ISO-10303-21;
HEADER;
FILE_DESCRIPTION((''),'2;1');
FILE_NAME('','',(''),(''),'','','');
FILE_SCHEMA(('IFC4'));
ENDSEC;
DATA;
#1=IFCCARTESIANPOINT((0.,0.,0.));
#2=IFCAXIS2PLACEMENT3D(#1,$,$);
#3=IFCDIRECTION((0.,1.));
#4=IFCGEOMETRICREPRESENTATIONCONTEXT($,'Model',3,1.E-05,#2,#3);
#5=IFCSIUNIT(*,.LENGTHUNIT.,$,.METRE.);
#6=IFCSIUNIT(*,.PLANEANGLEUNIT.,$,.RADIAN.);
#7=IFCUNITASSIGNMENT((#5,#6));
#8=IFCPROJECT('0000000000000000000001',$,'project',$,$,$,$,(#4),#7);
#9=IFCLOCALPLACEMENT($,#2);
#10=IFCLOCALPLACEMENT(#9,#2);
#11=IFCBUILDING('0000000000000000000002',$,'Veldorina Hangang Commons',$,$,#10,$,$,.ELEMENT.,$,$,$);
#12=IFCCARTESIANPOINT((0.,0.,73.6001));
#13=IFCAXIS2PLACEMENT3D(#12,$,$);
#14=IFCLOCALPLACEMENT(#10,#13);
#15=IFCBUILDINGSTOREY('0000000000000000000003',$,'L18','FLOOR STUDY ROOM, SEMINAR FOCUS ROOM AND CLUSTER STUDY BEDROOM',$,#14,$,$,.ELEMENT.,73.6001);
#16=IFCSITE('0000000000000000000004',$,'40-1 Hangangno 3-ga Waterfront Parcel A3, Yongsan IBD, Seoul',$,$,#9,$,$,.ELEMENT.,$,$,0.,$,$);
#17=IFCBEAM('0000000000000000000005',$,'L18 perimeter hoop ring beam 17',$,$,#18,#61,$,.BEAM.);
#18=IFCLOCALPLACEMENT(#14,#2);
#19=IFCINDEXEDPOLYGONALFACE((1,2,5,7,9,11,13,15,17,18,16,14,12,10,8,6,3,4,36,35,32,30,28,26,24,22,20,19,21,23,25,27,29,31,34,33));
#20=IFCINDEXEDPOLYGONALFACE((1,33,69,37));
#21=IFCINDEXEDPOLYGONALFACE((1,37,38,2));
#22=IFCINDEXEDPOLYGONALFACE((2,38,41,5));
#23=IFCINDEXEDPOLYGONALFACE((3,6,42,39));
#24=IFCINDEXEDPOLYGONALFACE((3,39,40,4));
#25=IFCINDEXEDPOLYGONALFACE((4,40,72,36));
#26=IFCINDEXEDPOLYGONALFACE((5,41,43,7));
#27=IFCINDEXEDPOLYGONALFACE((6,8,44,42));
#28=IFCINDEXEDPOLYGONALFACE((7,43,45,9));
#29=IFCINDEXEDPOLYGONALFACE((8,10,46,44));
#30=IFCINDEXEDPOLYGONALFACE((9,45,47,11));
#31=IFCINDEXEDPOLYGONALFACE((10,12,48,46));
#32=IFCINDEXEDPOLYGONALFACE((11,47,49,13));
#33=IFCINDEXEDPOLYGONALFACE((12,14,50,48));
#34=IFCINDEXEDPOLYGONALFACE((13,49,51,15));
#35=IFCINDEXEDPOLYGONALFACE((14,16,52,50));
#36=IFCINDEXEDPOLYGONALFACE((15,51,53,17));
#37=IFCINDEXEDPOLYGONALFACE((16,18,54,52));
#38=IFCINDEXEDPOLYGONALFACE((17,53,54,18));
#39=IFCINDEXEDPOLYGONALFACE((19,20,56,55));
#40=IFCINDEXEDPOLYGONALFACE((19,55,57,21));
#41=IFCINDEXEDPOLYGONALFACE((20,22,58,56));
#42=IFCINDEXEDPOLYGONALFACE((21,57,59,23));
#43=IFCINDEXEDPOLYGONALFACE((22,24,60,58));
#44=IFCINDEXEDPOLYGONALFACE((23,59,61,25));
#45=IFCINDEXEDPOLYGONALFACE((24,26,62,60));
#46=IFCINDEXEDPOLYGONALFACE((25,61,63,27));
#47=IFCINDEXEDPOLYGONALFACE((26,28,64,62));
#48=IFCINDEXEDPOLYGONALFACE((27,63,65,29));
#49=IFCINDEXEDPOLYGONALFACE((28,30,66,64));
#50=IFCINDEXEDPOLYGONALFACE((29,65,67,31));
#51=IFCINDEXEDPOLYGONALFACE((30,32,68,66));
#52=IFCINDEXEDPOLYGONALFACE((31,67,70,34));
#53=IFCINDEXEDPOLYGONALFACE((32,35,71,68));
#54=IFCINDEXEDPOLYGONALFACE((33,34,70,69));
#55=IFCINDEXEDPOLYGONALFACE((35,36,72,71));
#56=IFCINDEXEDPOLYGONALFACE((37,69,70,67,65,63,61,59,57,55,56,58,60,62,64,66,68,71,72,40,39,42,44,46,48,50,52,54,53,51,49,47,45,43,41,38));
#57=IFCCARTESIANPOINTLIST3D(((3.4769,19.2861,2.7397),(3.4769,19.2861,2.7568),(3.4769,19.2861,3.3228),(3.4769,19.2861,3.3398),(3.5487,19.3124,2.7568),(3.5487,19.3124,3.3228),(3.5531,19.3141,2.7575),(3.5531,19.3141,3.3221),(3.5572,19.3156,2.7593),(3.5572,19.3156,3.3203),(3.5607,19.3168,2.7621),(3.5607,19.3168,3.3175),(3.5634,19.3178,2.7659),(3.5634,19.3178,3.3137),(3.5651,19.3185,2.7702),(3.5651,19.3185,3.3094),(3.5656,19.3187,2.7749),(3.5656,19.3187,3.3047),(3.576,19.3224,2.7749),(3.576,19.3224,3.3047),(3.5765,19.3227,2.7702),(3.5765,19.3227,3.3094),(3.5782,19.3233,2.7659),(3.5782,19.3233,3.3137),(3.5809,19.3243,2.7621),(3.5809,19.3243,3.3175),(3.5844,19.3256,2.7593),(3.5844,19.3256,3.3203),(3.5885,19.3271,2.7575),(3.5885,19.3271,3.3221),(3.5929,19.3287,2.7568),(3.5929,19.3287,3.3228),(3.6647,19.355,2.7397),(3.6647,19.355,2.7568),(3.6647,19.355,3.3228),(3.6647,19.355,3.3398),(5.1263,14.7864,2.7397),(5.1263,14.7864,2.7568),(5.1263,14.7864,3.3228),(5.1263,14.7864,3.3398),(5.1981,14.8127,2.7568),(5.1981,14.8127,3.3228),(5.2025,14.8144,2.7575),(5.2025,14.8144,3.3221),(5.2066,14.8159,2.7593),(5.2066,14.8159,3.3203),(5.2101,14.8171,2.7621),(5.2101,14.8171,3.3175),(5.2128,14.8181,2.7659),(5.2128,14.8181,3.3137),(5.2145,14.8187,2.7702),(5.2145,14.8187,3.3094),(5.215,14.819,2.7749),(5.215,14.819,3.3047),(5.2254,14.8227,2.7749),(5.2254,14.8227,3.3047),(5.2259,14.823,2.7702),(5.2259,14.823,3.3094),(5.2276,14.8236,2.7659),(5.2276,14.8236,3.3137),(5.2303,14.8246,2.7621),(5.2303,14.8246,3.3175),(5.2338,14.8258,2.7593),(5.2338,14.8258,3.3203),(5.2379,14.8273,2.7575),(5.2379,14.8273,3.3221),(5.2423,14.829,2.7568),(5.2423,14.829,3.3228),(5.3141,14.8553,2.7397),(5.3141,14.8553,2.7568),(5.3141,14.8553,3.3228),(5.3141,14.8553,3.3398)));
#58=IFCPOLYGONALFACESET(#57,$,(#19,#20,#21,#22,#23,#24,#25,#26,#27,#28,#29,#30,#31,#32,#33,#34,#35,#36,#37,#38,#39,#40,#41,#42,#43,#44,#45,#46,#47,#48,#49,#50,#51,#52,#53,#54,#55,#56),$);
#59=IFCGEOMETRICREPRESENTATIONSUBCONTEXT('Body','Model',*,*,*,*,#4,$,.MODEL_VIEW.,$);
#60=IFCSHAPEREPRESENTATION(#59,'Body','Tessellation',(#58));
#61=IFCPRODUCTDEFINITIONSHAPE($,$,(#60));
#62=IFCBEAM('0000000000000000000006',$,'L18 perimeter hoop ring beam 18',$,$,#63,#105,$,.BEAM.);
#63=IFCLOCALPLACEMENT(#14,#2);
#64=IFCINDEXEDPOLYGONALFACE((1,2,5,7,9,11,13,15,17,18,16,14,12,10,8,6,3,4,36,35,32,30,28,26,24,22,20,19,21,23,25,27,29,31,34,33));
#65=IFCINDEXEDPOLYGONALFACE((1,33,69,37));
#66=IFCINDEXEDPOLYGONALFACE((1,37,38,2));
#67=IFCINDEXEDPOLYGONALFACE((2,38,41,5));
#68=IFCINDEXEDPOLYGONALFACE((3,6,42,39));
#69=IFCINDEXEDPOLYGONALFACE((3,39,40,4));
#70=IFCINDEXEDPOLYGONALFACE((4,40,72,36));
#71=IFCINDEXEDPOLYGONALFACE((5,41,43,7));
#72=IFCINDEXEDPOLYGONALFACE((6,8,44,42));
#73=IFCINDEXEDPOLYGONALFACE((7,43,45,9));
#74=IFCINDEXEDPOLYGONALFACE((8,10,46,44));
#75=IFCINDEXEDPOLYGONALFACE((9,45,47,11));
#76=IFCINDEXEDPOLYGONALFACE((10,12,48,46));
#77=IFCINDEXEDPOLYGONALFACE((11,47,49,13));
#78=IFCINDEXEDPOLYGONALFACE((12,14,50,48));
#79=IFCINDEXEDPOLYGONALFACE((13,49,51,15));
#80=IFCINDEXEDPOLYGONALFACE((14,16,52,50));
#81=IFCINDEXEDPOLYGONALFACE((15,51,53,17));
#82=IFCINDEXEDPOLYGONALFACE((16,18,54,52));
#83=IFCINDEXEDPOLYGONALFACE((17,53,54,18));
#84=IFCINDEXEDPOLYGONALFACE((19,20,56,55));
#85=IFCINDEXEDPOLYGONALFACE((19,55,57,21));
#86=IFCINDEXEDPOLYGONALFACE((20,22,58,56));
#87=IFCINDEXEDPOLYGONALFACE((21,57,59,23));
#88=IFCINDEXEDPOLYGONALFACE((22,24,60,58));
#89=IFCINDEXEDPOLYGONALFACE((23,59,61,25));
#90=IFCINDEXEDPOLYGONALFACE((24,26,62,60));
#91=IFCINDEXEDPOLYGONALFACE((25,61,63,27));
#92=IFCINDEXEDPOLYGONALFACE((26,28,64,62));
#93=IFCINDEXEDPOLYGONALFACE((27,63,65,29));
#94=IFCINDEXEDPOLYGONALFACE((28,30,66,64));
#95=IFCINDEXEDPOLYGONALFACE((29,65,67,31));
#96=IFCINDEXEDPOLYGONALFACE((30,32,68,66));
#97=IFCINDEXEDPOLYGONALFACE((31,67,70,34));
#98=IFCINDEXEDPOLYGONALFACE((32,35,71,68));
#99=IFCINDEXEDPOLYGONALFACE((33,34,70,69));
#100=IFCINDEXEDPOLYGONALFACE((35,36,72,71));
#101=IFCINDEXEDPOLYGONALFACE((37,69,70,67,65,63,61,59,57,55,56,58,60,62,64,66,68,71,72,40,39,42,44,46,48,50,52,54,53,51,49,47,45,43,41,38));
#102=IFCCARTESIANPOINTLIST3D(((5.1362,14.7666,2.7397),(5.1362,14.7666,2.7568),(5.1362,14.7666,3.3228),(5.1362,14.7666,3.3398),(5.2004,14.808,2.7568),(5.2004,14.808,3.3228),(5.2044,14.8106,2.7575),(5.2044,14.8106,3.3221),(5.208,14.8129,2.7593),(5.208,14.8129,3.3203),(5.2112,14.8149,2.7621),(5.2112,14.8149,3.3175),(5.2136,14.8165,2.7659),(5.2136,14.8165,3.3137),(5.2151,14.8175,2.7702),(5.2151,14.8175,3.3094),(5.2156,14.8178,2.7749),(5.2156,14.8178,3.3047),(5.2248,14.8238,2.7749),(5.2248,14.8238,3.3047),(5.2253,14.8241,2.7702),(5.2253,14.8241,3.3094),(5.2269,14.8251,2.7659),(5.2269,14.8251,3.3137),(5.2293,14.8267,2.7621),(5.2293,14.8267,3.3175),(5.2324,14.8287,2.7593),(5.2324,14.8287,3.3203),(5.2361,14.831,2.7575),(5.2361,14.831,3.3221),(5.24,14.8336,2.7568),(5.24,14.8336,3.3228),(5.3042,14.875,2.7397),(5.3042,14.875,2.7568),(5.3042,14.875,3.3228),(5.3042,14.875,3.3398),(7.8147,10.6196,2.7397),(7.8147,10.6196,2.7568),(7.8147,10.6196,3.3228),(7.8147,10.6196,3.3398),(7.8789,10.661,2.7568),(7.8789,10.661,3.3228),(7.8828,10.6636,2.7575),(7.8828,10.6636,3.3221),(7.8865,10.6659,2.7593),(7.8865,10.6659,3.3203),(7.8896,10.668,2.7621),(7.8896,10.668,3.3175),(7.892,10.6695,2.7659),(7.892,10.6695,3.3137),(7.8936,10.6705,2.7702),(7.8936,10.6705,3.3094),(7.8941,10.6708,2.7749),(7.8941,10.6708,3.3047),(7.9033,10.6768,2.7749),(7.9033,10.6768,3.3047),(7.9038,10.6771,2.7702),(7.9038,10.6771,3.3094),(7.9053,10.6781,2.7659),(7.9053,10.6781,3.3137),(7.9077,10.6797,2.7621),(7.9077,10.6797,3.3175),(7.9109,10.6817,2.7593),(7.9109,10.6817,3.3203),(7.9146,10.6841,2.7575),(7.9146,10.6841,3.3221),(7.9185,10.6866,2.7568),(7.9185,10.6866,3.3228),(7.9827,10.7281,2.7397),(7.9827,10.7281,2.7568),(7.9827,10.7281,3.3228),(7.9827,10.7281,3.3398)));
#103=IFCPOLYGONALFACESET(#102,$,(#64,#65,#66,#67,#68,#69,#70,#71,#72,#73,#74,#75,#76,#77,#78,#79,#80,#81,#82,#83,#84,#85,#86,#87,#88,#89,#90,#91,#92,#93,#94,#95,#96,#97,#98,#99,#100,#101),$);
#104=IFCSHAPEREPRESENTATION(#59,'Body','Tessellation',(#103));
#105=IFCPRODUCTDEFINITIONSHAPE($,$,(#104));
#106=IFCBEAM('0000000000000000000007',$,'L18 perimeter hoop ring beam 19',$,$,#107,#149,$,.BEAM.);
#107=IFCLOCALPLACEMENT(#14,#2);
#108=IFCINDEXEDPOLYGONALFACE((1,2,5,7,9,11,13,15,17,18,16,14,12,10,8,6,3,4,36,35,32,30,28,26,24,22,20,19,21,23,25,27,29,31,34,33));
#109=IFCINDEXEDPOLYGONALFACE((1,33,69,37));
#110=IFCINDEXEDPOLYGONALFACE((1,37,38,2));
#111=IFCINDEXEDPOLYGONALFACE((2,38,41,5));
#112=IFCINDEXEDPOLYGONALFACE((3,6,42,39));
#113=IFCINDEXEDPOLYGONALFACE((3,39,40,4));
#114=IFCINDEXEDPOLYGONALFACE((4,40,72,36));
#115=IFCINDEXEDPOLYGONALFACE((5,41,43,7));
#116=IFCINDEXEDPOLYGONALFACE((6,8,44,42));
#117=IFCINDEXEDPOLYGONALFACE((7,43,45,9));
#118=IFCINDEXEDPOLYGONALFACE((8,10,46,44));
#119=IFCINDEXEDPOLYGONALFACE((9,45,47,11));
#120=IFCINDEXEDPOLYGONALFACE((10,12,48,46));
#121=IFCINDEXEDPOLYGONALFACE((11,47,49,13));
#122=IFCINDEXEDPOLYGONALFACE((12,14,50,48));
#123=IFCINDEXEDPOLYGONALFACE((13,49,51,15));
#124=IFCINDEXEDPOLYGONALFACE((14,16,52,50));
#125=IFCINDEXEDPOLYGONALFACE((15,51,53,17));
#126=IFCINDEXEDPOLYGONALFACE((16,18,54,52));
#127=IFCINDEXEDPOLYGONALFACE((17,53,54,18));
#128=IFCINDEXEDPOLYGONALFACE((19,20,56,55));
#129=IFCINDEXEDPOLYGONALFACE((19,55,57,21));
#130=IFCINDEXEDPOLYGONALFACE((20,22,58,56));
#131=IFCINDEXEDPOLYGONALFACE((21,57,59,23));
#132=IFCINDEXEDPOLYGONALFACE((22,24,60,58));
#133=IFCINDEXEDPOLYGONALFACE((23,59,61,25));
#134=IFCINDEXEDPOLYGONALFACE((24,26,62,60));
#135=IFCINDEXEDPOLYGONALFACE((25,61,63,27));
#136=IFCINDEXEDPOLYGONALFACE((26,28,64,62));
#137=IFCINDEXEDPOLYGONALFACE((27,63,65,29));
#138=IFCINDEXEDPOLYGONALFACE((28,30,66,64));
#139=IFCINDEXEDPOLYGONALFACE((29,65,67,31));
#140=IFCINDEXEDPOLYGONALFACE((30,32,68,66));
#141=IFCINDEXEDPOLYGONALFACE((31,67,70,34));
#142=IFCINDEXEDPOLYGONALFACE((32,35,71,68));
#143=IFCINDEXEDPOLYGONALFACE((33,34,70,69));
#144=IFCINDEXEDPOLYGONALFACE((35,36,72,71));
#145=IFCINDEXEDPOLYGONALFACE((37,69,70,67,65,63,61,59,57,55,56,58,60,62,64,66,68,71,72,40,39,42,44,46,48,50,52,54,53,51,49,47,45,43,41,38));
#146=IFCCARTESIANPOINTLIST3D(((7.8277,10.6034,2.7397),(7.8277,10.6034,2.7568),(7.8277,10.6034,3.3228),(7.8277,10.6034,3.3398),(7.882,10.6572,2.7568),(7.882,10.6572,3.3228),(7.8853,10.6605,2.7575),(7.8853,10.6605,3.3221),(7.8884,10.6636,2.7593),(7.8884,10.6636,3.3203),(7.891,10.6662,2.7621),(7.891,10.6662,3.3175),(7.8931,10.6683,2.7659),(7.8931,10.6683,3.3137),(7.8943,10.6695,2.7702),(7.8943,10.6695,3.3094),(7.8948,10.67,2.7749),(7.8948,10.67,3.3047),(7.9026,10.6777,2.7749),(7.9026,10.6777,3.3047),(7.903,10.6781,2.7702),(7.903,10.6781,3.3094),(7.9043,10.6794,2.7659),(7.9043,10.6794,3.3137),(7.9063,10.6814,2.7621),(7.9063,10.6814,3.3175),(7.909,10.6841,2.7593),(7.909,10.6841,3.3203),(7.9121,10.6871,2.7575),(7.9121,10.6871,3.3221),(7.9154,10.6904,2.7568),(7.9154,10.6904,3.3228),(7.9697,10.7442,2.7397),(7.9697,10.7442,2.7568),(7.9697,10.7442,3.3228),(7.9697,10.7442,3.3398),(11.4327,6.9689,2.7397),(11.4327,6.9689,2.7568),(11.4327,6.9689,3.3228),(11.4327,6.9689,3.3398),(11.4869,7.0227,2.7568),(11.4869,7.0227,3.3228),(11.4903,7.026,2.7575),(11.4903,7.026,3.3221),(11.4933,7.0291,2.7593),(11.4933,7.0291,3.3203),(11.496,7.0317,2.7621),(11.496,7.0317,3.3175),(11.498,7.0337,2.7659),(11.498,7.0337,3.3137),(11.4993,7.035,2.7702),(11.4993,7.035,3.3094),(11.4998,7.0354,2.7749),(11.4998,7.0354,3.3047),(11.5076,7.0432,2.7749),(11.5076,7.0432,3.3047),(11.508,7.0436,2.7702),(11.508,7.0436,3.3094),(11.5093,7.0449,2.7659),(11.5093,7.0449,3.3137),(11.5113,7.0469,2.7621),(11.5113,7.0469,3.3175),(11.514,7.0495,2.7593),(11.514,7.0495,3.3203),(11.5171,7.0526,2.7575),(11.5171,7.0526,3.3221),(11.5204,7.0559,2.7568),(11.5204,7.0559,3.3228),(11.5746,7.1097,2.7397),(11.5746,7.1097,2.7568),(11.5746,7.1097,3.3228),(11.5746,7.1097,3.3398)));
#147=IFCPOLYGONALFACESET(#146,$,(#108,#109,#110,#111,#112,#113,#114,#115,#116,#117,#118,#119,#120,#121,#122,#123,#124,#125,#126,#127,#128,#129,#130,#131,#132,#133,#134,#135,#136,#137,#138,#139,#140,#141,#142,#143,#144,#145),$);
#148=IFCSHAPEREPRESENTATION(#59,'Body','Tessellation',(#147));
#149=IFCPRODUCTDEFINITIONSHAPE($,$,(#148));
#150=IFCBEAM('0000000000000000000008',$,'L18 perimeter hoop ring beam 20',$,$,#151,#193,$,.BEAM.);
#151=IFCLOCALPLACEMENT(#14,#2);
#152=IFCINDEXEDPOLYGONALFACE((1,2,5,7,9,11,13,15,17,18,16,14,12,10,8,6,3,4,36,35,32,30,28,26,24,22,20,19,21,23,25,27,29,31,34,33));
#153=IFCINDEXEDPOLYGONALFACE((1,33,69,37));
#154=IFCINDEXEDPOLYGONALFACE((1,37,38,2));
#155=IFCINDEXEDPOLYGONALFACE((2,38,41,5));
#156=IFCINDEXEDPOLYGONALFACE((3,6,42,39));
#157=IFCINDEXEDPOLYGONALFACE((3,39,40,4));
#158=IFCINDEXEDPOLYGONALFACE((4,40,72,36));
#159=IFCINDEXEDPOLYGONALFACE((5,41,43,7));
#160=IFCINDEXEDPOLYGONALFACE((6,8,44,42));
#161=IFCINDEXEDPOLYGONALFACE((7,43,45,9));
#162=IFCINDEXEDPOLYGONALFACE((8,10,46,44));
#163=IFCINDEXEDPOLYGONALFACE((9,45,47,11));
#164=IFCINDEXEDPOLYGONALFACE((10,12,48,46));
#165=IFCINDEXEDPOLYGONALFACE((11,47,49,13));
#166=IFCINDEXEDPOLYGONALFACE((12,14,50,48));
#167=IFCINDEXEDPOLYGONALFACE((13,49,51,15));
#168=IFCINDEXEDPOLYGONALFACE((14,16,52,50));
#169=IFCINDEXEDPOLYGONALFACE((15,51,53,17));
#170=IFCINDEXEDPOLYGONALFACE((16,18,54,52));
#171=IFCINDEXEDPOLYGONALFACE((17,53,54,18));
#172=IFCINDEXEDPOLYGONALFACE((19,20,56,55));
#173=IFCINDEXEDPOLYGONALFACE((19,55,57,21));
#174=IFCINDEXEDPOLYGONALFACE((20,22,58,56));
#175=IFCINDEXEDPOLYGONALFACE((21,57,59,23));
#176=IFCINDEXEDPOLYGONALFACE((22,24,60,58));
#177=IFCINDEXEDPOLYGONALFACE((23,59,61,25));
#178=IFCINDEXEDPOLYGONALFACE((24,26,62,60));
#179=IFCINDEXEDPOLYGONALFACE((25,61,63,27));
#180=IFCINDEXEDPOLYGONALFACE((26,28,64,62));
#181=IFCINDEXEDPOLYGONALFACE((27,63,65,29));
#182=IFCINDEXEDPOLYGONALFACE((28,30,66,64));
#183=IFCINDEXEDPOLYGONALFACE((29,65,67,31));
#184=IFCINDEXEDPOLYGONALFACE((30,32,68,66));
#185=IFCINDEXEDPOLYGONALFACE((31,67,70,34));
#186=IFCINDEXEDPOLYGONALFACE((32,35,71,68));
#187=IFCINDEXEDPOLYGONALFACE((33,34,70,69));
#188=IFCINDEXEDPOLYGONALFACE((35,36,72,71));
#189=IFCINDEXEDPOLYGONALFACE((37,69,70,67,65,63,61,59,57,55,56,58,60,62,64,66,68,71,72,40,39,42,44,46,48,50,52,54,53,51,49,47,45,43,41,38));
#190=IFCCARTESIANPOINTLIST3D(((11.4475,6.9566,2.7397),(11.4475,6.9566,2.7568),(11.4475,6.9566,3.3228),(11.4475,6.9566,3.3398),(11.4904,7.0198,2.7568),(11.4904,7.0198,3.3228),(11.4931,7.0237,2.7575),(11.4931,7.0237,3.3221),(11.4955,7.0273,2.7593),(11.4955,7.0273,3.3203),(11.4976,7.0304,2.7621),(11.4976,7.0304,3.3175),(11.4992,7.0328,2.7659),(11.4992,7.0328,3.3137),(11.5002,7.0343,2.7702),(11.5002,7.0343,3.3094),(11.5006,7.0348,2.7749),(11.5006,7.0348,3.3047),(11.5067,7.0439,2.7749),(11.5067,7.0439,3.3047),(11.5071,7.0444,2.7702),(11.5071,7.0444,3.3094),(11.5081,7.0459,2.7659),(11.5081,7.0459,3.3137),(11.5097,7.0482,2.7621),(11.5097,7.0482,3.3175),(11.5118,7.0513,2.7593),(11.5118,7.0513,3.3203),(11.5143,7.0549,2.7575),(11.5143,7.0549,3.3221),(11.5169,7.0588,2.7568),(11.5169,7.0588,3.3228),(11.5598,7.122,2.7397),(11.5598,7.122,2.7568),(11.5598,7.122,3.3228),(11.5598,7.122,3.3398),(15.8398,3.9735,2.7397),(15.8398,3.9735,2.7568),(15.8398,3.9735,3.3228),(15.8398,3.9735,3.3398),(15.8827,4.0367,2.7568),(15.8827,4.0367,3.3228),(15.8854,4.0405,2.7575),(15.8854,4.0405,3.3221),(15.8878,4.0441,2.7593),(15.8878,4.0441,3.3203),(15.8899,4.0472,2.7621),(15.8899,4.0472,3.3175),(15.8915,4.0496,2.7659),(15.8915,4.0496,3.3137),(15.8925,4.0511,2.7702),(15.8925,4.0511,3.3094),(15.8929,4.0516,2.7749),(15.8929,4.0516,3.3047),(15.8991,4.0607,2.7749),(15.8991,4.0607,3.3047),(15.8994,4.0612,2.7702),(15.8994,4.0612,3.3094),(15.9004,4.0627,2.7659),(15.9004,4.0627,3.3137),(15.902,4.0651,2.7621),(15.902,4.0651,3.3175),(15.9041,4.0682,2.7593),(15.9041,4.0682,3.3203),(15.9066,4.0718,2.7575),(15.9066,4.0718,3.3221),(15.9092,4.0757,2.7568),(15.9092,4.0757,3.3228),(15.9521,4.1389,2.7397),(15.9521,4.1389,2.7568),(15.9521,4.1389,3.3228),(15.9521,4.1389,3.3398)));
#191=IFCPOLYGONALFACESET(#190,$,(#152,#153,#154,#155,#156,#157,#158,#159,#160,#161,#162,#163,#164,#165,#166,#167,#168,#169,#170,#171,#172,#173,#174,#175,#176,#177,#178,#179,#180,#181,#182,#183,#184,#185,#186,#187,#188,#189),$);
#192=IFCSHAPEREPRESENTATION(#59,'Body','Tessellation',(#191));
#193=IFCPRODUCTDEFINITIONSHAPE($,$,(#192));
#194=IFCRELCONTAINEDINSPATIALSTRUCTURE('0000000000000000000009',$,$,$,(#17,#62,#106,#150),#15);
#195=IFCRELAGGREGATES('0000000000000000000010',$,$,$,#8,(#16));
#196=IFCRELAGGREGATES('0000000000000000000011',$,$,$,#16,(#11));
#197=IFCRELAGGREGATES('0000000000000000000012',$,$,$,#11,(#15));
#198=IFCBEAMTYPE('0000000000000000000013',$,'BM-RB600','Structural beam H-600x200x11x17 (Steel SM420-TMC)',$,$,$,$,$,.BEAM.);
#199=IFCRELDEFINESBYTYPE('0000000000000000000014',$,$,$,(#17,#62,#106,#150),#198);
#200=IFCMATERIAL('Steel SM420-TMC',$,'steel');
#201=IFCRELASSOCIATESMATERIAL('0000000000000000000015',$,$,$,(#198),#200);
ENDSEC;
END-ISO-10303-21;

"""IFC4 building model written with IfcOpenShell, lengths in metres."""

from ifc_helpers import new_model, si_unit, direction, frame, origin, origin_2d, place, context, subcontext, project, spatial, i_section, extrude, material, material_profile, profile_set, type_object, element, save


model = new_model("IFC4")

# Units and contexts
model_context = context("Model", 3, precision=1e-05, world=origin(), true_north=direction((0.0, 1.0)))
body_context = subcontext(model_context, "Body", "Model", "MODEL_VIEW")
ifc_project = project(units=[si_unit("LENGTHUNIT", "METRE"), si_unit("PLANEANGLEUNIT", "RADIAN")], contexts=[model_context])

# Site, building, storey
site_placement = place(None, origin())
site = spatial("IfcSite", under=ifc_project, at=site_placement, Name="40-1 Hangangno 3-ga Waterfront Parcel A3, Yongsan IBD, Seoul", CompositionType="ELEMENT", RefElevation=0.0)
building_placement = place(site_placement, origin())
building = spatial("IfcBuilding", under=site, at=building_placement, Name="Veldorina Hangang Commons", CompositionType="ELEMENT")
storey_placement = place(building_placement, frame((0.0, 0.0, 73.6001)))
storey = spatial("IfcBuildingStorey", under=building, at=storey_placement, Name="L18", Description="FLOOR STUDY ROOM, SEMINAR FOCUS ROOM AND CLUSTER STUDY BEDROOM", CompositionType="ELEMENT", Elevation=73.6001)

# Beams
ifc_material_1 = material(Name="Steel SM420-TMC", Category="steel")
ifc_material_profile_1 = material_profile(ifc_material_1, i_section(OverallWidth=0.2, OverallDepth=0.6001, WebThickness=0.011, FlangeThickness=0.0171, FilletRadius=0.0181, at=origin_2d()), Name="H-600x200x11x17")
ifc_profile_set_1 = profile_set([ifc_material_profile_1], Name="Steel SM420-TMC")
beam_type = type_object("IfcBeamType", Name="BM-RB600", Description="Structural beam H-600x200x11x17 (Steel SM420-TMC)", PredefinedType="BEAM", material=ifc_profile_set_1)
beam_1_placement = place(storey_placement, frame((3.5708, 19.3206, 3.0398), z_axis=(0.344163, -0.93891, 0.0), x_axis=(0.93891, 0.344163, 0.0)))
element("IfcBeam", 1, at=beam_1_placement, inside=storey, type_object=beam_type, Name="L18 perimeter hoop ring beam 17", PredefinedType="BEAM", context=body_context, shape_type="SweptSolid", body=[
    extrude(i_section(OverallWidth=0.2, OverallDepth=0.6001, WebThickness=0.011, FlangeThickness=0.0171, FilletRadius=0.0181, at=origin_2d()), origin(), (0.0, 0.0, 1.0), 4.7925),
])
beam_2_placement = place(storey_placement, frame((5.2202, 14.8208, 3.0398), z_axis=(0.542556, -0.84002, 0.0), x_axis=(0.84002, 0.542556, 0.0)))
element("IfcBeam", 2, at=beam_2_placement, inside=storey, type_object=beam_type, Name="L18 perimeter hoop ring beam 18", PredefinedType="BEAM", context=body_context, shape_type="SweptSolid", body=[
    extrude(i_section(OverallWidth=0.2, OverallDepth=0.6001, WebThickness=0.011, FlangeThickness=0.0171, FilletRadius=0.0181, at=origin_2d()), origin(), (0.0, 0.0, 1.0), 4.9368),
])
beam_3_placement = place(storey_placement, frame((7.8987, 10.6738, 3.0398), z_axis=(0.704216, -0.709986, 0.0), x_axis=(0.709986, 0.704216, 0.0)))
element("IfcBeam", 3, at=beam_3_placement, inside=storey, type_object=beam_type, Name="L18 perimeter hoop ring beam 19", PredefinedType="BEAM", context=body_context, shape_type="SweptSolid", body=[
    extrude(i_section(OverallWidth=0.2, OverallDepth=0.6001, WebThickness=0.011, FlangeThickness=0.0171, FilletRadius=0.0181, at=origin_2d()), origin(), (0.0, 0.0, 1.0), 5.1191),
])
beam_4_placement = place(storey_placement, frame((11.5037, 7.0393, 3.0398), z_axis=(0.827245, -0.561842, 0.0), x_axis=(0.561842, 0.827245, 0.0)))
element("IfcBeam", 4, at=beam_4_placement, inside=storey, type_object=beam_type, Name="L18 perimeter hoop ring beam 20", PredefinedType="BEAM", context=body_context, shape_type="SweptSolid", body=[
    extrude(i_section(OverallWidth=0.2, OverallDepth=0.6001, WebThickness=0.011, FlangeThickness=0.0171, FilletRadius=0.0181, at=origin_2d()), origin(), (0.0, 0.0, 1.0), 5.3096),
])

save(model, "model.ifc")
